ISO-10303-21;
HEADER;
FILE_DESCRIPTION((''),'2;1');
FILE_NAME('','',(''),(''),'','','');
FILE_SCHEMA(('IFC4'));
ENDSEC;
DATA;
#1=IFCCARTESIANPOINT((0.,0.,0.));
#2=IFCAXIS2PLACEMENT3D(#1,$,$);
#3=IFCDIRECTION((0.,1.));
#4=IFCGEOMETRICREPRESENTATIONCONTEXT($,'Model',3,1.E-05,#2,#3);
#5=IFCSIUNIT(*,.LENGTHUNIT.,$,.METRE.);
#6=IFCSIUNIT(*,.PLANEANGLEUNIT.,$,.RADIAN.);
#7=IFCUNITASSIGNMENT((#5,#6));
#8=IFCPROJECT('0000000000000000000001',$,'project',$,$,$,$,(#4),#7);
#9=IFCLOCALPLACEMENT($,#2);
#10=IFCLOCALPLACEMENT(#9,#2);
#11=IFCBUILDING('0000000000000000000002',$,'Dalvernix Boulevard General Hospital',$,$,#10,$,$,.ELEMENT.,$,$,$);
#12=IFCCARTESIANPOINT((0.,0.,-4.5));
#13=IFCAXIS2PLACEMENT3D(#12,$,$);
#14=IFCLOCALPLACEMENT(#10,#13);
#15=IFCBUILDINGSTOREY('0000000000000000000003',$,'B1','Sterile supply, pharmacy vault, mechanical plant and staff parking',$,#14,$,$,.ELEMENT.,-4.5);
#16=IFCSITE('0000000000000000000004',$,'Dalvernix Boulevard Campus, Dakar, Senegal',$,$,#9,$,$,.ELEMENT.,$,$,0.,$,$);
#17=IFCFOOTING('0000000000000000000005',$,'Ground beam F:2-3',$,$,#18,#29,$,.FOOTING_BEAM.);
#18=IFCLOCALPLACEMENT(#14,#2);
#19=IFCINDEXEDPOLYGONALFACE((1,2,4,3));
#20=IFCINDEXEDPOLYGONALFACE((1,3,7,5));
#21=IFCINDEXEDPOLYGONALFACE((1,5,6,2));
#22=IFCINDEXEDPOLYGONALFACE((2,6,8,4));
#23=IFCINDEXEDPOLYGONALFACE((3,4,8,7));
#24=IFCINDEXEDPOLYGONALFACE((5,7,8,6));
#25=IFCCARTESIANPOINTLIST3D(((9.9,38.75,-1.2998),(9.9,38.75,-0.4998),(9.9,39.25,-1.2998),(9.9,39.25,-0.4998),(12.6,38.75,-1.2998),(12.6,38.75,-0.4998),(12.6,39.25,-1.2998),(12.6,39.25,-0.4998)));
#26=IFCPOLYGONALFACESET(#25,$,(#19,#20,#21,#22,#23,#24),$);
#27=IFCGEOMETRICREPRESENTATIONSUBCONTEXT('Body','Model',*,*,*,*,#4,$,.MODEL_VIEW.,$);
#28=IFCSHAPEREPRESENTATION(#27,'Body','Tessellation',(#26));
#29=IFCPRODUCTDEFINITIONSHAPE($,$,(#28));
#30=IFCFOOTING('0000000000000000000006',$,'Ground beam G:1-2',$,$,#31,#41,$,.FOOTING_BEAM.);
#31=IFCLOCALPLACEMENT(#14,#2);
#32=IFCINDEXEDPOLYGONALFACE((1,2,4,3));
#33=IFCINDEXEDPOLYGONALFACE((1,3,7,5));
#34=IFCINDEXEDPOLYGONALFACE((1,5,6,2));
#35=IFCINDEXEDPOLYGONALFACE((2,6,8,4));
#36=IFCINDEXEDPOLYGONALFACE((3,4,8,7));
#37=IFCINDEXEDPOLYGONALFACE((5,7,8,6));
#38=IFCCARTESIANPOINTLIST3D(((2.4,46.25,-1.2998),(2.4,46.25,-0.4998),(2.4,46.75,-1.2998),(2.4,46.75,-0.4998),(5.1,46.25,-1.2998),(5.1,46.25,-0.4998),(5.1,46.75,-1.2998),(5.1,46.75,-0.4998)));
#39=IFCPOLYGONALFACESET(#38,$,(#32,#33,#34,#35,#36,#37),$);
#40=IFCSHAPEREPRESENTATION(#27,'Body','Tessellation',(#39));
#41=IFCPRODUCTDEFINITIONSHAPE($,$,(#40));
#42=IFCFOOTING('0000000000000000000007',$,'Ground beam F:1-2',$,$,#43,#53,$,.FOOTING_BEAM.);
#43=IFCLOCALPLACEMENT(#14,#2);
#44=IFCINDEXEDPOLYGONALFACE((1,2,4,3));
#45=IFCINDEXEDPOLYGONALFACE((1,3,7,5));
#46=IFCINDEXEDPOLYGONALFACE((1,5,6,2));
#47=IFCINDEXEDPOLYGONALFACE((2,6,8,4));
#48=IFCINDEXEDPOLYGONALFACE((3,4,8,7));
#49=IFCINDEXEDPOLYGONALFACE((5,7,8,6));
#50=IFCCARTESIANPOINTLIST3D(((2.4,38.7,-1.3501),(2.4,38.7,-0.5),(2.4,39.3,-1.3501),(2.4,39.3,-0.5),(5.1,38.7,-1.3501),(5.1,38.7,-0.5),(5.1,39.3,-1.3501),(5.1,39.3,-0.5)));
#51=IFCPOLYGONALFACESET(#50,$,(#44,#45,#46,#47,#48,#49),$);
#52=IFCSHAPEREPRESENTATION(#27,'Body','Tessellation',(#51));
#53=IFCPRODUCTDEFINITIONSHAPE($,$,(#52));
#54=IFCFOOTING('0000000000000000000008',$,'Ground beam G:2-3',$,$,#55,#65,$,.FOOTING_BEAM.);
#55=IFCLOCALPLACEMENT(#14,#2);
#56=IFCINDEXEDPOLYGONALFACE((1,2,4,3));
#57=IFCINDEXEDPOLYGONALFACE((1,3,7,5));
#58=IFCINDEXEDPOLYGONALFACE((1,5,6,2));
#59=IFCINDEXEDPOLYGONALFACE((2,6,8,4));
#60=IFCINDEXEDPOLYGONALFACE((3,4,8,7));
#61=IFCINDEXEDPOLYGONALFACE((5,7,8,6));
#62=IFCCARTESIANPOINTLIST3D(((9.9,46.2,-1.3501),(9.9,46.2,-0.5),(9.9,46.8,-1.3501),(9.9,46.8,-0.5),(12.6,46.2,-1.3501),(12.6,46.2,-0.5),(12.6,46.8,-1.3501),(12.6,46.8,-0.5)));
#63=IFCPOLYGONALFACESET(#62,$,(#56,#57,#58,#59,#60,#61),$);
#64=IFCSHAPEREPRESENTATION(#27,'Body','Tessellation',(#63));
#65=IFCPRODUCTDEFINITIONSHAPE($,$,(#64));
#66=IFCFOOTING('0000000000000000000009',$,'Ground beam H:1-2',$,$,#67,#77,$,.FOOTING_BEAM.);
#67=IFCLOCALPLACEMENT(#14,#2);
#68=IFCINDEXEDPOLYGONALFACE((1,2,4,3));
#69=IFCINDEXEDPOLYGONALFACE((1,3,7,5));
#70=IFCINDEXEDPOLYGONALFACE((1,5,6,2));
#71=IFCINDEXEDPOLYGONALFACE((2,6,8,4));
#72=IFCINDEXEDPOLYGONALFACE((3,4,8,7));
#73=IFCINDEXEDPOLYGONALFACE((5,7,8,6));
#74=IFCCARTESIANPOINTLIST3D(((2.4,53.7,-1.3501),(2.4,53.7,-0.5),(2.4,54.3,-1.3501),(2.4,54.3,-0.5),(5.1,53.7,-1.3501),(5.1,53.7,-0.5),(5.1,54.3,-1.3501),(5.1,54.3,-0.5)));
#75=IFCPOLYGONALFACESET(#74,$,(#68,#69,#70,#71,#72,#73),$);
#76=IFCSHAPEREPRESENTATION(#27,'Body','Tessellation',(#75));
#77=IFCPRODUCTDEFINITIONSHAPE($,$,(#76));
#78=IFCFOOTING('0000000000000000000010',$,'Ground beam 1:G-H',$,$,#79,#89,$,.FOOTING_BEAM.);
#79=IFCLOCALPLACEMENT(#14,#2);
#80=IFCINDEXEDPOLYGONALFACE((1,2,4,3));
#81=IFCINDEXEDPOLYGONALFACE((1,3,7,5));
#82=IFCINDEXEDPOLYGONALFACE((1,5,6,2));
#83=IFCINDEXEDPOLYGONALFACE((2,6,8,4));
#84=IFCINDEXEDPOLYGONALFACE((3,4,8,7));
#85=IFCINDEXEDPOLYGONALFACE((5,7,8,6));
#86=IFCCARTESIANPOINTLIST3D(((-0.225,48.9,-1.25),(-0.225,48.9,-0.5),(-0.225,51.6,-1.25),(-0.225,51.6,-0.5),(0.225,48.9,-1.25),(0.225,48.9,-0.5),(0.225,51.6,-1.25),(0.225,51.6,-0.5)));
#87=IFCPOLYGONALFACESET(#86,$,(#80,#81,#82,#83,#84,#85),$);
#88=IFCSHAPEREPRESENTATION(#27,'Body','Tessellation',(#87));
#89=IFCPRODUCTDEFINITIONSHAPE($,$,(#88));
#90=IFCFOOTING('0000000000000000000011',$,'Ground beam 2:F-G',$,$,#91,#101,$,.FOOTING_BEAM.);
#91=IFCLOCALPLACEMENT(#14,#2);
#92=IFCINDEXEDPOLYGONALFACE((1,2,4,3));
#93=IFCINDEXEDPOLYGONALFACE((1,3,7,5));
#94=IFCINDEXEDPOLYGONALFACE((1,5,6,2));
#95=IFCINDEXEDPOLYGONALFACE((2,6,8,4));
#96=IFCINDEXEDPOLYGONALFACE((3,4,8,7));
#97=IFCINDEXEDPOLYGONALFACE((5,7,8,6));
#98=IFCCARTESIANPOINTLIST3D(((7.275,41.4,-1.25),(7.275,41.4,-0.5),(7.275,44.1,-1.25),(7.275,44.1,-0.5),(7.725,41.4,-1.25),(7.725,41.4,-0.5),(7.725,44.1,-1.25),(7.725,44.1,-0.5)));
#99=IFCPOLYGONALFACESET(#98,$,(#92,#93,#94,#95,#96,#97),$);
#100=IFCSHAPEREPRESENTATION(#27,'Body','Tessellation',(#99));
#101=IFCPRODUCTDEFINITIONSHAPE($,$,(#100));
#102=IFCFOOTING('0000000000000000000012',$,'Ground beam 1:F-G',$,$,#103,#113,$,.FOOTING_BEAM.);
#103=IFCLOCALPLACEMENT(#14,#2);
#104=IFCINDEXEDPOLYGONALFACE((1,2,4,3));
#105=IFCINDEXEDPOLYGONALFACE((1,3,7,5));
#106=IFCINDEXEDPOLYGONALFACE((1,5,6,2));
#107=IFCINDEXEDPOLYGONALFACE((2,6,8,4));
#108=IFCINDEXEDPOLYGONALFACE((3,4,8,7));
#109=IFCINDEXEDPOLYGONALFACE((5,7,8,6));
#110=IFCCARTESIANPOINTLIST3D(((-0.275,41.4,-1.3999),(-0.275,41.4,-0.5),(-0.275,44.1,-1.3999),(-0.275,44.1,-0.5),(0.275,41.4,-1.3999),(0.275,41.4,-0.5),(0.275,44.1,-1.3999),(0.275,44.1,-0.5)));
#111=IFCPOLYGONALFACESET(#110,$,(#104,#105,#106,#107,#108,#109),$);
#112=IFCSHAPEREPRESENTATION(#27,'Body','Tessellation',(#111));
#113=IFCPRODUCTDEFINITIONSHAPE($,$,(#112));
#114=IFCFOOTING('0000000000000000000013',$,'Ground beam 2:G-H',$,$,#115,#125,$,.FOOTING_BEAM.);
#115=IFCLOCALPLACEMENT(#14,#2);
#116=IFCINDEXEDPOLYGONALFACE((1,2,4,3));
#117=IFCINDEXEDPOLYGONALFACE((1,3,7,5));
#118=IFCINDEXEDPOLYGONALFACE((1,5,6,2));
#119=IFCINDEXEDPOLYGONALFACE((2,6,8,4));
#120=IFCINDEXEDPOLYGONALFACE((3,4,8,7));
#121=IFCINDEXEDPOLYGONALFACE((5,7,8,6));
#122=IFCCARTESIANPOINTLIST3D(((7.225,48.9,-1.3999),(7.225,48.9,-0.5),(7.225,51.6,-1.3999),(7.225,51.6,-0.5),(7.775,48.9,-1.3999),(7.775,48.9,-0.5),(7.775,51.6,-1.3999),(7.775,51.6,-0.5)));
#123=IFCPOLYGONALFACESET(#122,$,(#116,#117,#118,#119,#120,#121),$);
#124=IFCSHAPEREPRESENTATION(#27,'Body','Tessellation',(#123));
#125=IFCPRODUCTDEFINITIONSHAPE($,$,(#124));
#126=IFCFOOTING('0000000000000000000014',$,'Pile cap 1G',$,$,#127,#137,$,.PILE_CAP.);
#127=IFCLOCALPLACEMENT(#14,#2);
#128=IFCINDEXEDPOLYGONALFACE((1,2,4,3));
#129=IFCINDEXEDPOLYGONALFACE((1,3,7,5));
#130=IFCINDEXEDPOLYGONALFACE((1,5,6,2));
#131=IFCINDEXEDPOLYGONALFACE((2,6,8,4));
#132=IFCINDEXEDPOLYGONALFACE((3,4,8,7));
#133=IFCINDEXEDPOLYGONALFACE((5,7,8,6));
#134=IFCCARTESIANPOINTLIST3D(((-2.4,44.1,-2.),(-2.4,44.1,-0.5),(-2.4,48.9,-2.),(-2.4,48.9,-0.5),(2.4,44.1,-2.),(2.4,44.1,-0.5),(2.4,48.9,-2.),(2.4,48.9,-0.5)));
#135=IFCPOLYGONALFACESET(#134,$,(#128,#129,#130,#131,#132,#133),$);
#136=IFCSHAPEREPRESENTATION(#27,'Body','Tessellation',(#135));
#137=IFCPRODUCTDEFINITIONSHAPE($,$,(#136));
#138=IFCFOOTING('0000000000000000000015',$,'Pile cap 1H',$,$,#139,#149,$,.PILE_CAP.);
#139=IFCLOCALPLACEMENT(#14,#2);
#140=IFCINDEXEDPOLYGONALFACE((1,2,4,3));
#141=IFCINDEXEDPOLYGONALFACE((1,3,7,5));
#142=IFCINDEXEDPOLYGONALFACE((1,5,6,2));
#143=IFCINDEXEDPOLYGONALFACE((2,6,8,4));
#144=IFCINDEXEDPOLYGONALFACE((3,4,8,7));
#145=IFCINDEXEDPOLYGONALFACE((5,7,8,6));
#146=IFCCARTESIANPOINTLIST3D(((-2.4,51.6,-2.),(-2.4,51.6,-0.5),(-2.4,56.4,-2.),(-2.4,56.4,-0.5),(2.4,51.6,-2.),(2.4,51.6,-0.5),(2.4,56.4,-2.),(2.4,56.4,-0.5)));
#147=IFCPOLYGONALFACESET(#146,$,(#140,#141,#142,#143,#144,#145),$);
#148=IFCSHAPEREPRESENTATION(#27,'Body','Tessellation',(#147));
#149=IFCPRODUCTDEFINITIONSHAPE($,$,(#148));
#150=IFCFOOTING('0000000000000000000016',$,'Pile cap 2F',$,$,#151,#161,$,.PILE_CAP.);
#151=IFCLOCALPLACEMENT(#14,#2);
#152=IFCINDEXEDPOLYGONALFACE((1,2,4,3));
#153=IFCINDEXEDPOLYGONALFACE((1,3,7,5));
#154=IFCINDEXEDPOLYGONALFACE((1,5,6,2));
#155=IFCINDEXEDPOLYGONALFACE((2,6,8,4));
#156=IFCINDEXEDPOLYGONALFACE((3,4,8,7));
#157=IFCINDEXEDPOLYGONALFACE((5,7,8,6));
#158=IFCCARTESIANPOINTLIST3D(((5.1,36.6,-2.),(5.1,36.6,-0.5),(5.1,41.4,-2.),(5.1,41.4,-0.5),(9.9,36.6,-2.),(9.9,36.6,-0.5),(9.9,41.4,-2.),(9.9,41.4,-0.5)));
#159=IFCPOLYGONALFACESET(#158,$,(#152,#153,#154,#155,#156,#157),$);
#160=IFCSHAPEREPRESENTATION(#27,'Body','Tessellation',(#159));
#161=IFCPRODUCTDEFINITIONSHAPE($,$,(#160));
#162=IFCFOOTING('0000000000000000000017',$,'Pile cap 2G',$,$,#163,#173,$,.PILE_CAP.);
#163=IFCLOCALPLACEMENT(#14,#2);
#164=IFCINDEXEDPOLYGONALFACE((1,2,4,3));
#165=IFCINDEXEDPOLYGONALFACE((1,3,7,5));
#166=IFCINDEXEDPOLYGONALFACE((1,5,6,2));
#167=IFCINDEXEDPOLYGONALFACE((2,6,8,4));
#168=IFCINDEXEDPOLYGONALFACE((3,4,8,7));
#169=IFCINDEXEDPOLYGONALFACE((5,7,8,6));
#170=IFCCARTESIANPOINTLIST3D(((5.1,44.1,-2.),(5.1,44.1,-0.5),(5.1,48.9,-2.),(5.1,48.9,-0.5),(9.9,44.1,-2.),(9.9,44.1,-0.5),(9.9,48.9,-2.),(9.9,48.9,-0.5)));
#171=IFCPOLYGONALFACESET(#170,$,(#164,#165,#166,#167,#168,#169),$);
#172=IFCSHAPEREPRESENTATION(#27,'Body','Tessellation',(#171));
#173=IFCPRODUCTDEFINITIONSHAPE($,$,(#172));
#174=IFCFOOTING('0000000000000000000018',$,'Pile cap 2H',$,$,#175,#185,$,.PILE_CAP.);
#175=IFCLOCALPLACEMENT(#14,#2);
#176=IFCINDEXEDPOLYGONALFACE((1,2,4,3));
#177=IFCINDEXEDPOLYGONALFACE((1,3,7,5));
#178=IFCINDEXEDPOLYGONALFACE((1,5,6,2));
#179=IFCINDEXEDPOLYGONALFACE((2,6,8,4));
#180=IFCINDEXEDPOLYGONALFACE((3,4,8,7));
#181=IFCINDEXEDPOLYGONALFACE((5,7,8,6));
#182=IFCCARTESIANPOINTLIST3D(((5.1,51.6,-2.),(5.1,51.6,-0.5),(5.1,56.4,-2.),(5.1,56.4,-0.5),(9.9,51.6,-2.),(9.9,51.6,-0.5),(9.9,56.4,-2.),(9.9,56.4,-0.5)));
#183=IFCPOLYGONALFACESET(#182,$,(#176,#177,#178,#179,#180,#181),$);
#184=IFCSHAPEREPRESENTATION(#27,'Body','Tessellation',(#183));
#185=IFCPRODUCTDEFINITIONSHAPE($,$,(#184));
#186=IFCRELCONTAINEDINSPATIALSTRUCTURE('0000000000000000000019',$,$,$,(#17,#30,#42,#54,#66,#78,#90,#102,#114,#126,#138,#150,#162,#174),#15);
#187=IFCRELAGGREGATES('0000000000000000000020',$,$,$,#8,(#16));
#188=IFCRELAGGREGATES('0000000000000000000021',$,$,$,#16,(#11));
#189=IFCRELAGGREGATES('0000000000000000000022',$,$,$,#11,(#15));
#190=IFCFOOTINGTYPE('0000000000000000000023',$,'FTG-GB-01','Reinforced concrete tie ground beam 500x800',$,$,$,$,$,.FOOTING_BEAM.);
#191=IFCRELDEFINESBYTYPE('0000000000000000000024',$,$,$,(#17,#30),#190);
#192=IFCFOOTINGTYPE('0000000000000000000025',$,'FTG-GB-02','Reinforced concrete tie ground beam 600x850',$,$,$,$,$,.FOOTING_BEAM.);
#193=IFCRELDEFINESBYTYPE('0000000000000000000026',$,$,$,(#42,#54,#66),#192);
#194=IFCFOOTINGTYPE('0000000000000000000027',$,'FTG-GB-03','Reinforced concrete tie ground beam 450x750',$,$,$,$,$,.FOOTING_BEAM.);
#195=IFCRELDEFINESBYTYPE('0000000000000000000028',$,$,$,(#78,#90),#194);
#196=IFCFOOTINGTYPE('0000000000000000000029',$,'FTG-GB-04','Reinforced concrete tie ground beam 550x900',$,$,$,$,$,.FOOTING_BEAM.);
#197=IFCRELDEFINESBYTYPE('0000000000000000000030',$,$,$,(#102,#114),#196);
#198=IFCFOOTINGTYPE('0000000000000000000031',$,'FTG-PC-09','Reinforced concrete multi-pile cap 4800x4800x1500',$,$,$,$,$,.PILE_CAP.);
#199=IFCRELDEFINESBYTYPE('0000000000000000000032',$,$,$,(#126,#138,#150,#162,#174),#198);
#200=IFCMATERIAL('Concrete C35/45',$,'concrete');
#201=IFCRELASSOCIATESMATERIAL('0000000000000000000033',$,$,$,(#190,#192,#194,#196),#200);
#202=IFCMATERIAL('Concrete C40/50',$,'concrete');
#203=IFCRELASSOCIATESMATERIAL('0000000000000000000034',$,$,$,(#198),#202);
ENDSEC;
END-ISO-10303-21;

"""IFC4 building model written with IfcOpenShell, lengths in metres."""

from ifc_helpers import new_model, si_unit, direction, frame, origin, origin_2d, place, context, subcontext, project, spatial, rectangle, extrude, material, type_object, element, save


model = new_model("IFC4")

# Units and contexts
model_context = context("Model", 3, precision=1e-05, world=origin(), true_north=direction((0.0, 1.0)))
body_context = subcontext(model_context, "Body", "Model", "MODEL_VIEW")
ifc_project = project(units=[si_unit("LENGTHUNIT", "METRE"), si_unit("PLANEANGLEUNIT", "RADIAN")], contexts=[model_context])

# Site, building, storey
site_placement = place(None, origin())
site = spatial("IfcSite", under=ifc_project, at=site_placement, Name="Dalvernix Boulevard Campus, Dakar, Senegal", CompositionType="ELEMENT", RefElevation=0.0)
building_placement = place(site_placement, origin())
building = spatial("IfcBuilding", under=site, at=building_placement, Name="Dalvernix Boulevard General Hospital", CompositionType="ELEMENT")
storey_placement = place(building_placement, frame((0.0, 0.0, -4.5)))
storey = spatial("IfcBuildingStorey", under=building, at=storey_placement, Name="B1", Description="Sterile supply, pharmacy vault, mechanical plant and staff parking", CompositionType="ELEMENT", Elevation=-4.5)

# Footings
ifc_material_1 = material(Name="Concrete C35/45", Category="concrete")
footing_type_1 = type_object("IfcFootingType", Name="FTG-GB-01", Description="Reinforced concrete tie ground beam 500x800", PredefinedType="FOOTING_BEAM", material=ifc_material_1)
for number, where, z_axis, x_axis, name in (
    (1, (11.25, 39.0, -1.2998), (0.0, 0.0, 1.0), (1.0, 0.0, 0.0), "Ground beam F:2-3"),
    (2, (3.75, 46.5, -1.2998), (0.0, 0.0, 1.0), (1.0, 0.0, 0.0), "Ground beam G:1-2"),
):
    element("IfcFooting", number, at=place(storey_placement, frame(where, z_axis=z_axis, x_axis=x_axis)), inside=storey, type_object=footing_type_1, Name=name, PredefinedType="FOOTING_BEAM", context=body_context, shape_type="SweptSolid", body=[
        extrude(rectangle(XDim=2.7, YDim=0.5, at=origin_2d()), origin(), (0.0, 0.0, 1.0), 0.8),
    ])
footing_type_2 = type_object("IfcFootingType", Name="FTG-GB-02", Description="Reinforced concrete tie ground beam 600x850", PredefinedType="FOOTING_BEAM", material=ifc_material_1)
for number, where, z_axis, x_axis, name in (
    (3, (3.75, 39.0, -1.3501), (0.0, 0.0, 1.0), (1.0, 0.0, 0.0), "Ground beam F:1-2"),
    (4, (11.25, 46.5, -1.3501), (0.0, 0.0, 1.0), (1.0, 0.0, 0.0), "Ground beam G:2-3"),
    (5, (3.75, 54.0, -1.3501), (0.0, 0.0, 1.0), (1.0, 0.0, 0.0), "Ground beam H:1-2"),
):
    element("IfcFooting", number, at=place(storey_placement, frame(where, z_axis=z_axis, x_axis=x_axis)), inside=storey, type_object=footing_type_2, Name=name, PredefinedType="FOOTING_BEAM", context=body_context, shape_type="SweptSolid", body=[
        extrude(rectangle(XDim=2.7, YDim=0.6001, at=origin_2d()), origin(), (0.0, 0.0, 1.0), 0.8501),
    ])
footing_type_3 = type_object("IfcFootingType", Name="FTG-GB-03", Description="Reinforced concrete tie ground beam 450x750", PredefinedType="FOOTING_BEAM", material=ifc_material_1)
for number, where, z_axis, x_axis, name in (
    (6, (0.0, 50.25, -1.25), (0.0, 0.0, 1.0), (0.0, 1.0, 0.0), "Ground beam 1:G-H"),
    (7, (7.5, 42.75, -1.25), (0.0, 0.0, 1.0), (0.0, 1.0, 0.0), "Ground beam 2:F-G"),
):
    element("IfcFooting", number, at=place(storey_placement, frame(where, z_axis=z_axis, x_axis=x_axis)), inside=storey, type_object=footing_type_3, Name=name, PredefinedType="FOOTING_BEAM", context=body_context, shape_type="SweptSolid", body=[
        extrude(rectangle(XDim=2.7, YDim=0.45, at=origin_2d()), origin(), (0.0, 0.0, 1.0), 0.75),
    ])
footing_type_4 = type_object("IfcFootingType", Name="FTG-GB-04", Description="Reinforced concrete tie ground beam 550x900", PredefinedType="FOOTING_BEAM", material=ifc_material_1)
for number, where, z_axis, x_axis, name in (
    (8, (0.0, 42.75, -1.3999), (0.0, 0.0, 1.0), (0.0, 1.0, 0.0), "Ground beam 1:F-G"),
    (9, (7.5, 50.25, -1.3999), (0.0, 0.0, 1.0), (0.0, 1.0, 0.0), "Ground beam 2:G-H"),
):
    element("IfcFooting", number, at=place(storey_placement, frame(where, z_axis=z_axis, x_axis=x_axis)), inside=storey, type_object=footing_type_4, Name=name, PredefinedType="FOOTING_BEAM", context=body_context, shape_type="SweptSolid", body=[
        extrude(rectangle(XDim=2.7, YDim=0.55, at=origin_2d()), origin(), (0.0, 0.0, 1.0), 0.8999),
    ])
ifc_material_2 = material(Name="Concrete C40/50", Category="concrete")
footing_type_5 = type_object("IfcFootingType", Name="FTG-PC-09", Description="Reinforced concrete multi-pile cap 4800x4800x1500", PredefinedType="PILE_CAP", material=ifc_material_2)
for number, where, z_axis, x_axis, name in (
    (10, (0.0, 46.5, -2.0), (0.0, 0.0, 1.0), (1.0, 0.0, 0.0), "Pile cap 1G"),
    (11, (0.0, 54.0, -2.0), (0.0, 0.0, 1.0), (1.0, 0.0, 0.0), "Pile cap 1H"),
    (12, (7.5, 39.0, -2.0), (0.0, 0.0, 1.0), (1.0, 0.0, 0.0), "Pile cap 2F"),
    (13, (7.5, 46.5, -2.0), (0.0, 0.0, 1.0), (1.0, 0.0, 0.0), "Pile cap 2G"),
    (14, (7.5, 54.0, -2.0), (0.0, 0.0, 1.0), (1.0, 0.0, 0.0), "Pile cap 2H"),
):
    element("IfcFooting", number, at=place(storey_placement, frame(where, z_axis=z_axis, x_axis=x_axis)), inside=storey, type_object=footing_type_5, Name=name, PredefinedType="PILE_CAP", context=body_context, shape_type="SweptSolid", body=[
        extrude(rectangle(XDim=4.8, YDim=4.8, at=origin_2d()), origin(), (0.0, 0.0, 1.0), 1.5),
    ])

save(model, "model.ifc")
